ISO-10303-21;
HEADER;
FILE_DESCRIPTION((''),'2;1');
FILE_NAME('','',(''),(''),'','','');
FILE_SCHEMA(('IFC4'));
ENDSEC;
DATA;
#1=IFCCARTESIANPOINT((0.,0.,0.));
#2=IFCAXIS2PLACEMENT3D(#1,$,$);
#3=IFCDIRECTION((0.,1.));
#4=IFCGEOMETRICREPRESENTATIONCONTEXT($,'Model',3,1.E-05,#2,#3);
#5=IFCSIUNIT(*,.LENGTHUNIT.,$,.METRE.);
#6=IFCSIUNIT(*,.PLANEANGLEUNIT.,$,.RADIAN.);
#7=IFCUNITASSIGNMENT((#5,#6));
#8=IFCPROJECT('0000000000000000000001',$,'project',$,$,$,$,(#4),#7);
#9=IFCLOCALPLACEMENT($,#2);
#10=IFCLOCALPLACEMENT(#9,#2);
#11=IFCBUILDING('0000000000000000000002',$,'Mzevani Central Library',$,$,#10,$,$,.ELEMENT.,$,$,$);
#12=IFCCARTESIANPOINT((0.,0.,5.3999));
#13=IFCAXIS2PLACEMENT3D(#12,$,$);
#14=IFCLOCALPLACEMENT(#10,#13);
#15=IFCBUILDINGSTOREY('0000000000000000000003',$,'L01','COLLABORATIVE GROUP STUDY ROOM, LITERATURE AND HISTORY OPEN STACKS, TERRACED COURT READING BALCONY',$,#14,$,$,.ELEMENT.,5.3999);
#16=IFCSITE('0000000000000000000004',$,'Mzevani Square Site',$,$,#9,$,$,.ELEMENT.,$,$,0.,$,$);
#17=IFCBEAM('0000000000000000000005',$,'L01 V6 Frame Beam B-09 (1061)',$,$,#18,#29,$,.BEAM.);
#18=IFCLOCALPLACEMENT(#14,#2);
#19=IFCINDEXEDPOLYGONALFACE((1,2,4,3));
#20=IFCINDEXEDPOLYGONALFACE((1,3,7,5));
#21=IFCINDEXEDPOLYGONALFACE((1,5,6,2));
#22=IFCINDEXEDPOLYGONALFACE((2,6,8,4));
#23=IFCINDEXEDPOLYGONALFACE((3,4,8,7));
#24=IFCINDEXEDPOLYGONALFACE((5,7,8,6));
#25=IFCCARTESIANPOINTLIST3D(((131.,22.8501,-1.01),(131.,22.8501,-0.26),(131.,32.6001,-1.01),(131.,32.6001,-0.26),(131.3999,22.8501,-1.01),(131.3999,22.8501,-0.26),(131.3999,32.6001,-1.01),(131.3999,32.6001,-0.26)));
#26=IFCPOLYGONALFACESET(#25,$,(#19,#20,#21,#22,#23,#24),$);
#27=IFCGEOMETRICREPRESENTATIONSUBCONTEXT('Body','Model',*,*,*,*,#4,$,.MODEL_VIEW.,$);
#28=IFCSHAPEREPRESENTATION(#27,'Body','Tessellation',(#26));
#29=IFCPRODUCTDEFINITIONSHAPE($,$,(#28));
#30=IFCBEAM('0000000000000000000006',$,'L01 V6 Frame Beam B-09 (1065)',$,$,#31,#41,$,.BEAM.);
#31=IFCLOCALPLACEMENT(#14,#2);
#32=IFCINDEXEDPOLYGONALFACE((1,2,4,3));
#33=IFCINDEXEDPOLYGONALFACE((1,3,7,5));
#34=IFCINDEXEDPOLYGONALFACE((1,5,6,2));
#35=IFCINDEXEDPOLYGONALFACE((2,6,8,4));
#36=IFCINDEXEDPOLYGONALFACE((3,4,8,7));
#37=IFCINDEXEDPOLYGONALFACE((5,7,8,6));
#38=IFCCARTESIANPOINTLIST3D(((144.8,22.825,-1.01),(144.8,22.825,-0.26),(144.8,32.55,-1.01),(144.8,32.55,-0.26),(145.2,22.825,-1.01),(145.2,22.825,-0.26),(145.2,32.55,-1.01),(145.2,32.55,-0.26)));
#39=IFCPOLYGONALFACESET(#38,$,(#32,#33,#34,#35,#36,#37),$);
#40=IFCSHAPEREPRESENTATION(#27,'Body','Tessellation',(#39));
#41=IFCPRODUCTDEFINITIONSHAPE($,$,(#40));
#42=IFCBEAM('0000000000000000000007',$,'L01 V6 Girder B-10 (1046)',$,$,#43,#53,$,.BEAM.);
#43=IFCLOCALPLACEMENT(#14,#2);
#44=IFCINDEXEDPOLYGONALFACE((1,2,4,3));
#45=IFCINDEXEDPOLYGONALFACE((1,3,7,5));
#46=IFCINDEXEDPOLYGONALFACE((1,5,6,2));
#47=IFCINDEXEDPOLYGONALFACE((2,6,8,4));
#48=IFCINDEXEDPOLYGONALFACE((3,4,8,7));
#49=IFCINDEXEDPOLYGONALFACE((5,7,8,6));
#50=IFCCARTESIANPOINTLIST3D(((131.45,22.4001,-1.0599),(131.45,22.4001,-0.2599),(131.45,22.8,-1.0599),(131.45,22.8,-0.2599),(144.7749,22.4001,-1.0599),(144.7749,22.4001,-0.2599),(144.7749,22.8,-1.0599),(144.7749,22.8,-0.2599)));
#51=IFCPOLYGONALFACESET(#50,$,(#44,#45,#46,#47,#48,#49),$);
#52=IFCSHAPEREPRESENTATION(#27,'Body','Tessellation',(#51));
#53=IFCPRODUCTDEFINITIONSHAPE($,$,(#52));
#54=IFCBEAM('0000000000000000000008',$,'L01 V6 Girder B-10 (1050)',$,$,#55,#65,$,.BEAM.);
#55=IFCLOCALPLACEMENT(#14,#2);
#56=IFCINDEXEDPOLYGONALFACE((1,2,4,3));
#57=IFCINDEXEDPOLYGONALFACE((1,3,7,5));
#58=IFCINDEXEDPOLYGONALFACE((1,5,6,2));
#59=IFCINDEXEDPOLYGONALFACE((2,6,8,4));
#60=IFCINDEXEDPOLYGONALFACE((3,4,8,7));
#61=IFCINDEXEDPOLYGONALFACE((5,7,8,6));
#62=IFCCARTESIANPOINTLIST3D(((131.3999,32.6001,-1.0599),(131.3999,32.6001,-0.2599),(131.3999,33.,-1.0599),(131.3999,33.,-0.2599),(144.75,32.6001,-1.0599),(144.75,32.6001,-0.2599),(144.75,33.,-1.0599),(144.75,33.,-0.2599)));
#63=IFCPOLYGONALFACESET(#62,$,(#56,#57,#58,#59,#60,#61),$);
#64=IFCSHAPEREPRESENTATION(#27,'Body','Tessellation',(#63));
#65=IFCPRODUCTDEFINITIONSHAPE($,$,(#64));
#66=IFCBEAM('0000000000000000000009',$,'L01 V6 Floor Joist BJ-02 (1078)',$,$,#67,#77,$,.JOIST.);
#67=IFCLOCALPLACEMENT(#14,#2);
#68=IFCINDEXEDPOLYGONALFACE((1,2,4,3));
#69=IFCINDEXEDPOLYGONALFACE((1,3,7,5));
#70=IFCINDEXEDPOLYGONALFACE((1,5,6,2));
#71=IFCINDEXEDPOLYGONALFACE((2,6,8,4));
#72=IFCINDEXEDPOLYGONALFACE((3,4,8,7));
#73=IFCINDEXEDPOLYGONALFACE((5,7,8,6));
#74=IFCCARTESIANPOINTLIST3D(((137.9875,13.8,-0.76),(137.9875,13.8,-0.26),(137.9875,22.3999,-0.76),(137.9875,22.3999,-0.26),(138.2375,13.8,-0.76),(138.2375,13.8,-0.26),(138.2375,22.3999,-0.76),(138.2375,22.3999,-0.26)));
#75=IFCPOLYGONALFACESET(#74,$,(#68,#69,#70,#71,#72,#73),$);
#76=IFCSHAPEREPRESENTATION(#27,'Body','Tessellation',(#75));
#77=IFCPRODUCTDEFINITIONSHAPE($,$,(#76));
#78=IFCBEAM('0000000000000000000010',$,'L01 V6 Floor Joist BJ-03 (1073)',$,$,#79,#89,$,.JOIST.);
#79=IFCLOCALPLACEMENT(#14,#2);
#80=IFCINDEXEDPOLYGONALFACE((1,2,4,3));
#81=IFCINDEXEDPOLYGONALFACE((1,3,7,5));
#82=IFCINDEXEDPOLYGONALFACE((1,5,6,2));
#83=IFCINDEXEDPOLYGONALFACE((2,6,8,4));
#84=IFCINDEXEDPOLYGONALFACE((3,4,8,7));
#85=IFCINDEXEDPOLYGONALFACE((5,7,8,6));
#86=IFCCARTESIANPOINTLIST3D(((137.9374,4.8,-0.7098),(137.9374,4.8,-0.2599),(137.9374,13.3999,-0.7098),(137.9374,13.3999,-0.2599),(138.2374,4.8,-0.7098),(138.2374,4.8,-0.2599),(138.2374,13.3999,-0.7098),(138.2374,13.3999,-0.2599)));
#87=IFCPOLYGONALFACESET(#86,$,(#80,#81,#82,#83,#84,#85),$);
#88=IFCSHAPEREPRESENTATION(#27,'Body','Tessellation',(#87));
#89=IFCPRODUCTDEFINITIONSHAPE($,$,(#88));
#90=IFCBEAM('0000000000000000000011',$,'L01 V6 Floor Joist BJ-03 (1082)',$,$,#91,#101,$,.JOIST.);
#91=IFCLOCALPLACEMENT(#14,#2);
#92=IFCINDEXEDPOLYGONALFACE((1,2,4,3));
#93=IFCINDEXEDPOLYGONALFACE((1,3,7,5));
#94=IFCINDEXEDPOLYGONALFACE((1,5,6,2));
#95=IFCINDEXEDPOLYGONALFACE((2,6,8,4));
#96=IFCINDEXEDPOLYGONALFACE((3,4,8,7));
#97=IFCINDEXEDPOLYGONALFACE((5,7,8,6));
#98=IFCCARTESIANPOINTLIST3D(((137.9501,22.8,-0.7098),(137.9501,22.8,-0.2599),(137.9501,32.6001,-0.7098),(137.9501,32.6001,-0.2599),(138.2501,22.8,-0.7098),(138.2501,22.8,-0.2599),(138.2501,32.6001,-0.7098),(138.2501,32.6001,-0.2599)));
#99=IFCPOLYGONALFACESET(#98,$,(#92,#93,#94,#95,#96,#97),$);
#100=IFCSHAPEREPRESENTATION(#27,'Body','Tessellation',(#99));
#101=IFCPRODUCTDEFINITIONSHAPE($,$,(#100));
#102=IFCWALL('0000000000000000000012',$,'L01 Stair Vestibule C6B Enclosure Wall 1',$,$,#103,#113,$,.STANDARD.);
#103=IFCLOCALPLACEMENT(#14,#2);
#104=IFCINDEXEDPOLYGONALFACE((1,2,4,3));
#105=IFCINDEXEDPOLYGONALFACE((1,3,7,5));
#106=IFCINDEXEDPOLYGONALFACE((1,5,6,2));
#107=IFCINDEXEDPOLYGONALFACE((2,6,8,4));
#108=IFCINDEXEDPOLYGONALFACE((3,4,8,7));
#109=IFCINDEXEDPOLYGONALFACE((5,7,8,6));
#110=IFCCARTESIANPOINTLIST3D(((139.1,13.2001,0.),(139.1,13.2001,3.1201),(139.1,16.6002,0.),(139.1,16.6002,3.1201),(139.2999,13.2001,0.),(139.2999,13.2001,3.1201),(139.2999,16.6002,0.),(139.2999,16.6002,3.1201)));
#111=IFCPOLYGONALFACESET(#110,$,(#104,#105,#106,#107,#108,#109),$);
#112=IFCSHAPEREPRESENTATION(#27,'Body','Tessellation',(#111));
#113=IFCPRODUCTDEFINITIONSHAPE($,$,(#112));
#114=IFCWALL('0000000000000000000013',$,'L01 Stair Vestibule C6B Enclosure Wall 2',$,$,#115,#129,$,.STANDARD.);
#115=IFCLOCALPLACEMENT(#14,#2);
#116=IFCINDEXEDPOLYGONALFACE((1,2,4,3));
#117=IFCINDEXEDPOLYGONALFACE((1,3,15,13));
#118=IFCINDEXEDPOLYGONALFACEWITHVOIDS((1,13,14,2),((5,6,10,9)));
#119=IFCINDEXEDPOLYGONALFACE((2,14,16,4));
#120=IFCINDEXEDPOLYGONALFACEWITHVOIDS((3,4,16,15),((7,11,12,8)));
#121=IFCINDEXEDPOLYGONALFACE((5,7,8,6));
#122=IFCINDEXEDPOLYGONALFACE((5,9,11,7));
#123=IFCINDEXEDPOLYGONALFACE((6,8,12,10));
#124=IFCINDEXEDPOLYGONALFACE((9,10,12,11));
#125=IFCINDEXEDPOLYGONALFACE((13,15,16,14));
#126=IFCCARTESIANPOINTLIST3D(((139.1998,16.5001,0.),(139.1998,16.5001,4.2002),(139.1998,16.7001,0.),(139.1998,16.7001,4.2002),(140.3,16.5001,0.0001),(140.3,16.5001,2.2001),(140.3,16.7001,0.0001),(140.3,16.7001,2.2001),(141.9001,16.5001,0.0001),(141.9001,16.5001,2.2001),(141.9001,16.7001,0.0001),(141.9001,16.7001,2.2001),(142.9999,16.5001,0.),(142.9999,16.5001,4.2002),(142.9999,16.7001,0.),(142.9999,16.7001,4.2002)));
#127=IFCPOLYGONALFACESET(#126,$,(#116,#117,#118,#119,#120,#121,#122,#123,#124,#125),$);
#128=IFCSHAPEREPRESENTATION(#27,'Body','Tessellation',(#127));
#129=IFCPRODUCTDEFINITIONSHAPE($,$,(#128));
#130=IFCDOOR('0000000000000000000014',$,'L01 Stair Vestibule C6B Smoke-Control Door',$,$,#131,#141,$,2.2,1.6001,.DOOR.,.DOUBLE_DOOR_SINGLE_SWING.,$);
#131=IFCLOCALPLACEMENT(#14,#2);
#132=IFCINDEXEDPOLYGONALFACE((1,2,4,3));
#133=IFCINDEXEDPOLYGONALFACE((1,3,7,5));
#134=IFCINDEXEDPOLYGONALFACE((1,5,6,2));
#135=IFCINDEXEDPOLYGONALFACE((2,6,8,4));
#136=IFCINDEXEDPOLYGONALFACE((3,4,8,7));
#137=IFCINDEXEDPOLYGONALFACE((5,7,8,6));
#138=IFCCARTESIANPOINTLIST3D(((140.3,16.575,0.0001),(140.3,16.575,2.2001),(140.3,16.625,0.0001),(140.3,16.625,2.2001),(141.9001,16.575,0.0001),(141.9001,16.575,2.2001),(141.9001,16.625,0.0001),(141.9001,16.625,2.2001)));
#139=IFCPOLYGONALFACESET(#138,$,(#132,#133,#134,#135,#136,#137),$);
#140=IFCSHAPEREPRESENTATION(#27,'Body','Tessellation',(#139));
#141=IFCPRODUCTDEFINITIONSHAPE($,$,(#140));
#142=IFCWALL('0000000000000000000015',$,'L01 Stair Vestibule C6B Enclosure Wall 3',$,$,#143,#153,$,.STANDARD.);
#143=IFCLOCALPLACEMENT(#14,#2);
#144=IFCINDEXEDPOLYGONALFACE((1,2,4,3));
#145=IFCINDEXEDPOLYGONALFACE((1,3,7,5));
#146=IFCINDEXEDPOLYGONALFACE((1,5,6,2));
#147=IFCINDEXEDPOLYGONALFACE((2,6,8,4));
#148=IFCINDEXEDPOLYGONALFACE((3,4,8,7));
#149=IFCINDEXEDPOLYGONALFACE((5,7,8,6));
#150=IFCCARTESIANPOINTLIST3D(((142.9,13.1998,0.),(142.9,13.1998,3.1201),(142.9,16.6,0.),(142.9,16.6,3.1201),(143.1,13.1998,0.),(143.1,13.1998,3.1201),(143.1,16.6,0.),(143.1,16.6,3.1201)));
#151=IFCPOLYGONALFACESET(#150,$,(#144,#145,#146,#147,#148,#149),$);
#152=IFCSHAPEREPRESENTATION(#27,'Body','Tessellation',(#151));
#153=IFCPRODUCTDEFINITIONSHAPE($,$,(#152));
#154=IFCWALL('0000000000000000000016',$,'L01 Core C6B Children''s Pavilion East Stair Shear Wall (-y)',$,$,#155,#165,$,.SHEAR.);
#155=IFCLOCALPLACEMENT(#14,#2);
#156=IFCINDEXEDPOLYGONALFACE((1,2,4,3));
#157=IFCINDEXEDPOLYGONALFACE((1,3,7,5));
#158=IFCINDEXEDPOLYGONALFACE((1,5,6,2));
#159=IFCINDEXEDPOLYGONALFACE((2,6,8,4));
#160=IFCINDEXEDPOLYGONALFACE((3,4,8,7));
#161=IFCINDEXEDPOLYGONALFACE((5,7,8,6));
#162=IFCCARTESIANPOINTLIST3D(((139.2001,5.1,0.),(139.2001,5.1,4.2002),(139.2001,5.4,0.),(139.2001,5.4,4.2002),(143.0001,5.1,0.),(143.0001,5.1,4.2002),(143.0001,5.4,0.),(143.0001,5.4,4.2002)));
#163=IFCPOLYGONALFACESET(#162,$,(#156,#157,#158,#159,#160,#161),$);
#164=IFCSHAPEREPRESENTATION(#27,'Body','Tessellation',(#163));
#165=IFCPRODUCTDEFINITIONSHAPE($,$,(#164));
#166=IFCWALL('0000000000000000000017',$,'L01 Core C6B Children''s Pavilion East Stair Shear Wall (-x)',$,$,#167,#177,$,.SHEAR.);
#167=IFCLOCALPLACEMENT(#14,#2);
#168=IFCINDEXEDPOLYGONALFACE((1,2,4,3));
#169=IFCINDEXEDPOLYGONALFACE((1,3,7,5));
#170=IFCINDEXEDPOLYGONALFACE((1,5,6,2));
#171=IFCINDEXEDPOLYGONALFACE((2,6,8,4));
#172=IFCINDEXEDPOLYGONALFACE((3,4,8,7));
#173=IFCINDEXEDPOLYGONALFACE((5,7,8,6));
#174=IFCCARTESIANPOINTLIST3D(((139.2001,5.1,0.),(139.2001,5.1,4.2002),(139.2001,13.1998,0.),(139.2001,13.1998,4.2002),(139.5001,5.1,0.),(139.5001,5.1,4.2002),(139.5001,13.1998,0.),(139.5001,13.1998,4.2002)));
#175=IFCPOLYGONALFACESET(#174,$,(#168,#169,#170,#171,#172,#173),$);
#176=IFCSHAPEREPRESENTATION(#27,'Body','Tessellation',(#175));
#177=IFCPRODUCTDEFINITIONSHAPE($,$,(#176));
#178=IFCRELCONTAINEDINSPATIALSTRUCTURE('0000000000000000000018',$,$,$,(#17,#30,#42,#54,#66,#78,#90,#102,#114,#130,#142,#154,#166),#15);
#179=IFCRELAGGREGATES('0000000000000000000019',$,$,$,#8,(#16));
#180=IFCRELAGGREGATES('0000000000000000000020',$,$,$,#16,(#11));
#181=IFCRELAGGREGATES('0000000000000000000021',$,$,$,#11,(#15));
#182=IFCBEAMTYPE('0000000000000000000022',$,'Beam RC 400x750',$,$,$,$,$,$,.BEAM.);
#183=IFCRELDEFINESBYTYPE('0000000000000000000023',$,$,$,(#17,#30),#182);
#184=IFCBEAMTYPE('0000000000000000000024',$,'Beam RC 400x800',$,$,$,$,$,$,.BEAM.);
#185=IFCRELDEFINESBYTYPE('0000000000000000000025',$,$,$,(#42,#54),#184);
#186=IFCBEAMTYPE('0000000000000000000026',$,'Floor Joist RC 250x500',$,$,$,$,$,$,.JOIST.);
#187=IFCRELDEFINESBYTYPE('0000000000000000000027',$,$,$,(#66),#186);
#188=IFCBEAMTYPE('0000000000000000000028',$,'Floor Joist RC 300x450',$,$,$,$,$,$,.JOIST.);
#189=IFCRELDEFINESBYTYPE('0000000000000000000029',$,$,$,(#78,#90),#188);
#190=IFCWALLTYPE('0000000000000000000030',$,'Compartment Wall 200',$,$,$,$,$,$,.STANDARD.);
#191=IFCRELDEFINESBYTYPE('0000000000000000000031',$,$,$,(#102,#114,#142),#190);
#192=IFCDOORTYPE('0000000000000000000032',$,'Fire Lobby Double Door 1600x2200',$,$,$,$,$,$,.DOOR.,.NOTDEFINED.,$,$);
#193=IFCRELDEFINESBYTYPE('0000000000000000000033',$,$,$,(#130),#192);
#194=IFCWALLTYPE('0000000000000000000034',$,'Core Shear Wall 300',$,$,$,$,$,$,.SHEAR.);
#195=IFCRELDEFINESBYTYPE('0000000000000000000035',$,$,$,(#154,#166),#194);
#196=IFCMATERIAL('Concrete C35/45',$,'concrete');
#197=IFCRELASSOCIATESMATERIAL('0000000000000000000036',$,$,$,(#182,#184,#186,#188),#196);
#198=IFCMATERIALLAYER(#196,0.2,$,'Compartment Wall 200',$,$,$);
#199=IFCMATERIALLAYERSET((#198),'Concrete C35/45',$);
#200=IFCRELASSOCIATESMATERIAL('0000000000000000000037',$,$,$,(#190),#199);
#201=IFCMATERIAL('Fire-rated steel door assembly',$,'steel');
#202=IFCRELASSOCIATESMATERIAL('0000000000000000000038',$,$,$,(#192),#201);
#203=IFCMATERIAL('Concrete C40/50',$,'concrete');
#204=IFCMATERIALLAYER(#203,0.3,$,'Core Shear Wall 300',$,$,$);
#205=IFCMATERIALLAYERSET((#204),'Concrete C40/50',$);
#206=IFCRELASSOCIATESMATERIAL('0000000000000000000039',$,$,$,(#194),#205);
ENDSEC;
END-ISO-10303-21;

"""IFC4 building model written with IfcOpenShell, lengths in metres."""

from ifc_helpers import new_model, si_unit, direction, frame, frame_2d, origin, origin_2d, place, context, subcontext, project, spatial, rectangle, extrude, material, layer, layer_set, material_profile, profile_set, type_object, element, fill, save


model = new_model("IFC4")

# Units and contexts
model_context = context("Model", 3, precision=1e-05, world=origin(), true_north=direction((0.0, 1.0)))
body_context = subcontext(model_context, "Body", "Model", "MODEL_VIEW")
ifc_project = project(units=[si_unit("LENGTHUNIT", "METRE"), si_unit("PLANEANGLEUNIT", "RADIAN")], contexts=[model_context])

# Site, building, storey
site_placement = place(None, origin())
site = spatial("IfcSite", under=ifc_project, at=site_placement, Name="Mzevani Square Site", CompositionType="ELEMENT", RefElevation=0.0)
building_placement = place(site_placement, origin())
building = spatial("IfcBuilding", under=site, at=building_placement, Name="Mzevani Central Library", CompositionType="ELEMENT")
storey_placement = place(building_placement, frame((0.0, 0.0, 5.3999)))
storey = spatial("IfcBuildingStorey", under=building, at=storey_placement, Name="L01", Description="COLLABORATIVE GROUP STUDY ROOM, LITERATURE AND HISTORY OPEN STACKS, TERRACED COURT READING BALCONY", CompositionType="ELEMENT", Elevation=5.3999)

# Shared definitions
ifc_material_1 = material(Name="Concrete C40/50", Category="concrete")

# Beams
ifc_material_2 = material(Name="Concrete C35/45", Category="concrete")
ifc_material_profile_1 = material_profile(ifc_material_2, rectangle(XDim=0.3999, YDim=0.75, at=origin_2d()), Name="RC B400x750")
ifc_profile_set_1 = profile_set([ifc_material_profile_1], Name="Concrete C35/45")
beam_type_1 = type_object("IfcBeamType", Name="Beam RC 400x750", PredefinedType="BEAM", material=ifc_profile_set_1)
beam_1_placement = place(storey_placement, frame((131.2, 22.8501, -0.635), z_axis=(0.0, 1.0, 0.0), x_axis=(-1.0, 0.0, 0.0)))
element("IfcBeam", 1, at=beam_1_placement, inside=storey, type_object=beam_type_1, Name="L01 V6 Frame Beam B-09 (1061)", PredefinedType="BEAM", context=body_context, shape_type="SweptSolid", body=[
    extrude(rectangle(XDim=0.3999, YDim=0.75, at=origin_2d()), origin(), (0.0, 0.0, 1.0), 9.75),
])
beam_2_placement = place(storey_placement, frame((145.0, 22.825, -0.635), z_axis=(0.0, 1.0, 0.0), x_axis=(-1.0, 0.0, 0.0)))
element("IfcBeam", 2, at=beam_2_placement, inside=storey, type_object=beam_type_1, Name="L01 V6 Frame Beam B-09 (1065)", PredefinedType="BEAM", context=body_context, shape_type="SweptSolid", body=[
    extrude(rectangle(XDim=0.3999, YDim=0.75, at=origin_2d()), origin(), (0.0, 0.0, 1.0), 9.7251),
])
ifc_material_profile_2 = material_profile(ifc_material_2, rectangle(XDim=0.3999, YDim=0.8, at=origin_2d()), Name="RC B400x800")
ifc_profile_set_2 = profile_set([ifc_material_profile_2], Name="Concrete C35/45")
beam_type_2 = type_object("IfcBeamType", Name="Beam RC 400x800", PredefinedType="BEAM", material=ifc_profile_set_2)
beam_3_placement = place(storey_placement, frame((131.45, 22.6001, -0.6599), z_axis=(1.0, 0.0, 0.0), x_axis=(0.0, 1.0, 0.0)))
element("IfcBeam", 3, at=beam_3_placement, inside=storey, type_object=beam_type_2, Name="L01 V6 Girder B-10 (1046)", PredefinedType="BEAM", context=body_context, shape_type="SweptSolid", body=[
    extrude(rectangle(XDim=0.3999, YDim=0.8, at=origin_2d()), origin(), (0.0, 0.0, 1.0), 13.325),
])
beam_4_placement = place(storey_placement, frame((131.3999, 32.8, -0.6599), z_axis=(1.0, 0.0, 0.0), x_axis=(0.0, 1.0, 0.0)))
element("IfcBeam", 4, at=beam_4_placement, inside=storey, type_object=beam_type_2, Name="L01 V6 Girder B-10 (1050)", PredefinedType="BEAM", context=body_context, shape_type="SweptSolid", body=[
    extrude(rectangle(XDim=0.3999, YDim=0.8, at=origin_2d()), origin(), (0.0, 0.0, 1.0), 13.3501),
])
ifc_material_profile_3 = material_profile(ifc_material_2, rectangle(XDim=0.25, YDim=0.5, at=origin_2d()), Name="RC J250x500")
ifc_profile_set_3 = profile_set([ifc_material_profile_3], Name="Concrete C35/45")
beam_type_3 = type_object("IfcBeamType", Name="Floor Joist RC 250x500", PredefinedType="JOIST", material=ifc_profile_set_3)
beam_5_placement = place(storey_placement, frame((138.1125, 13.8, -0.51), z_axis=(0.0, 1.0, 0.0), x_axis=(-1.0, 0.0, 0.0)))
element("IfcBeam", 5, at=beam_5_placement, inside=storey, type_object=beam_type_3, Name="L01 V6 Floor Joist BJ-02 (1078)", PredefinedType="JOIST", context=body_context, shape_type="SweptSolid", body=[
    extrude(rectangle(XDim=0.25, YDim=0.5, at=origin_2d()), origin(), (0.0, 0.0, 1.0), 8.5999),
])
ifc_material_profile_4 = material_profile(ifc_material_2, rectangle(XDim=0.3, YDim=0.45, at=origin_2d()), Name="RC J300x450")
ifc_profile_set_4 = profile_set([ifc_material_profile_4], Name="Concrete C35/45")
beam_type_4 = type_object("IfcBeamType", Name="Floor Joist RC 300x450", PredefinedType="JOIST", material=ifc_profile_set_4)
beam_6_placement = place(storey_placement, frame((138.0874, 4.8, -0.4849), z_axis=(0.0, 1.0, 0.0), x_axis=(-1.0, 0.0, 0.0)))
element("IfcBeam", 6, at=beam_6_placement, inside=storey, type_object=beam_type_4, Name="L01 V6 Floor Joist BJ-03 (1073)", PredefinedType="JOIST", context=body_context, shape_type="SweptSolid", body=[
    extrude(rectangle(XDim=0.3, YDim=0.45, at=origin_2d()), origin(), (0.0, 0.0, 1.0), 8.5999),
])
beam_7_placement = place(storey_placement, frame((138.1001, 22.8, -0.4849), z_axis=(0.0, 1.0, 0.0), x_axis=(-1.0, 0.0, 0.0)))
element("IfcBeam", 7, at=beam_7_placement, inside=storey, type_object=beam_type_4, Name="L01 V6 Floor Joist BJ-03 (1082)", PredefinedType="JOIST", context=body_context, shape_type="SweptSolid", body=[
    extrude(rectangle(XDim=0.3, YDim=0.45, at=origin_2d()), origin(), (0.0, 0.0, 1.0), 9.8),
])

# Wall
ifc_layer_1 = layer(ifc_material_2, 0.2, Name="Compartment Wall 200")
ifc_layer_set_1 = layer_set([ifc_layer_1], Name="Concrete C35/45")
wall_type_1 = type_object("IfcWallType", Name="Compartment Wall 200", PredefinedType="STANDARD", material=ifc_layer_set_1)
wall_1_placement = place(storey_placement, frame((139.2, 13.2, 0.0), z_axis=(0.0, 0.0, 1.0), x_axis=(0.0, 1.0, 0.0)))
element("IfcWall", 8, at=wall_1_placement, inside=storey, type_object=wall_type_1, Name="L01 Stair Vestibule C6B Enclosure Wall 1", PredefinedType="STANDARD", context=body_context, shape_type="SweptSolid", body=[
    extrude(rectangle(XDim=3.4001, YDim=0.2, at=frame_2d((1.7002, 0.0))), origin(), (0.0, 0.0, 1.0), 3.1201),
])

# Wall, opening, door
wall_2_placement = place(storey_placement, frame((139.2, 16.6001, 0.0), z_axis=(0.0, 0.0, 1.0), x_axis=(1.0, 0.0, 0.0)))
wall_2 = element("IfcWall", 9, at=wall_2_placement, inside=storey, type_object=wall_type_1, Name="L01 Stair Vestibule C6B Enclosure Wall 2", PredefinedType="STANDARD", context=body_context, shape_type="SweptSolid", body=[
    extrude(rectangle(XDim=3.8, YDim=0.2, at=frame_2d((1.8999, 0.0))), origin(), (0.0, 0.0, 1.0), 4.2002),
])
opening_1_placement = place(wall_2_placement, frame((1.1001, 0.0, 0.0)))
opening_1 = element("IfcOpeningElement", 10, at=opening_1_placement, cuts=wall_2, PredefinedType="OPENING", context=body_context, shape_type="SweptSolid", body=[
    extrude(rectangle(XDim=1.6001, YDim=2.2, at=frame_2d((0.8, 1.1001))), frame((0.0, 0.1099, 0.0), z_axis=(0.0, -1.0, 0.0), x_axis=(1.0, 0.0, 0.0)), (0.0, 0.0, 1.0), 0.22),
])
ifc_material_3 = material(Name="Fire-rated steel door assembly", Category="steel")
door_type_1 = type_object("IfcDoorType", Name="Fire Lobby Double Door 1600x2200", OperationType="NOTDEFINED", PredefinedType="DOOR", material=ifc_material_3)
door_1_placement = place(opening_1_placement, origin())
door_1 = element("IfcDoor", 11, at=door_1_placement, inside=storey, type_object=door_type_1, Name="L01 Stair Vestibule C6B Smoke-Control Door", OperationType="DOUBLE_DOOR_SINGLE_SWING", OverallHeight=2.2, OverallWidth=1.6001, PredefinedType="DOOR", context=body_context, shape_type="SweptSolid", body=[
    extrude(rectangle(XDim=1.6001, YDim=2.2, at=frame_2d((0.8, 1.1001))), frame((0.0, 0.0249, 0.0), z_axis=(0.0, -1.0, 0.0), x_axis=(1.0, 0.0, 0.0)), (0.0, 0.0, 1.0), 0.05),
])
fill(opening_1, door_1)

# Walls
wall_3_placement = place(storey_placement, frame((143.0, 16.6001, 0.0), z_axis=(0.0, 0.0, 1.0), x_axis=(0.0, -1.0, 0.0)))
element("IfcWall", 12, at=wall_3_placement, inside=storey, type_object=wall_type_1, Name="L01 Stair Vestibule C6B Enclosure Wall 3", PredefinedType="STANDARD", context=body_context, shape_type="SweptSolid", body=[
    extrude(rectangle(XDim=3.4001, YDim=0.2, at=frame_2d((1.7002, 0.0))), origin(), (0.0, 0.0, 1.0), 3.1201),
])
ifc_layer_2 = layer(ifc_material_1, 0.3, Name="Core Shear Wall 300")
ifc_layer_set_2 = layer_set([ifc_layer_2], Name="Concrete C40/50")
wall_type_2 = type_object("IfcWallType", Name="Core Shear Wall 300", PredefinedType="SHEAR", material=ifc_layer_set_2)
wall_4_placement = place(storey_placement, frame((143.0, 5.25, 0.0), z_axis=(0.0, 0.0, 1.0), x_axis=(-1.0, 0.0, 0.0)))
element("IfcWall", 13, at=wall_4_placement, inside=storey, type_object=wall_type_2, Name="L01 Core C6B Children's Pavilion East Stair Shear Wall (-y)", PredefinedType="SHEAR", context=body_context, shape_type="SweptSolid", body=[
    extrude(rectangle(XDim=3.8, YDim=0.3, at=frame_2d((1.8999, 0.0))), origin(), (0.0, 0.0, 1.0), 4.2002),
])
wall_5_placement = place(storey_placement, frame((139.3501, 5.1001, 0.0), z_axis=(0.0, 0.0, 1.0), x_axis=(0.0, 1.0, 0.0)))
element("IfcWall", 14, at=wall_5_placement, inside=storey, type_object=wall_type_2, Name="L01 Core C6B Children's Pavilion East Stair Shear Wall (-x)", PredefinedType="SHEAR", context=body_context, shape_type="SweptSolid", body=[
    extrude(rectangle(XDim=8.0999, YDim=0.3, at=frame_2d((4.0498, 0.0))), origin(), (0.0, 0.0, 1.0), 4.2002),
])

save(model, "model.ifc")
